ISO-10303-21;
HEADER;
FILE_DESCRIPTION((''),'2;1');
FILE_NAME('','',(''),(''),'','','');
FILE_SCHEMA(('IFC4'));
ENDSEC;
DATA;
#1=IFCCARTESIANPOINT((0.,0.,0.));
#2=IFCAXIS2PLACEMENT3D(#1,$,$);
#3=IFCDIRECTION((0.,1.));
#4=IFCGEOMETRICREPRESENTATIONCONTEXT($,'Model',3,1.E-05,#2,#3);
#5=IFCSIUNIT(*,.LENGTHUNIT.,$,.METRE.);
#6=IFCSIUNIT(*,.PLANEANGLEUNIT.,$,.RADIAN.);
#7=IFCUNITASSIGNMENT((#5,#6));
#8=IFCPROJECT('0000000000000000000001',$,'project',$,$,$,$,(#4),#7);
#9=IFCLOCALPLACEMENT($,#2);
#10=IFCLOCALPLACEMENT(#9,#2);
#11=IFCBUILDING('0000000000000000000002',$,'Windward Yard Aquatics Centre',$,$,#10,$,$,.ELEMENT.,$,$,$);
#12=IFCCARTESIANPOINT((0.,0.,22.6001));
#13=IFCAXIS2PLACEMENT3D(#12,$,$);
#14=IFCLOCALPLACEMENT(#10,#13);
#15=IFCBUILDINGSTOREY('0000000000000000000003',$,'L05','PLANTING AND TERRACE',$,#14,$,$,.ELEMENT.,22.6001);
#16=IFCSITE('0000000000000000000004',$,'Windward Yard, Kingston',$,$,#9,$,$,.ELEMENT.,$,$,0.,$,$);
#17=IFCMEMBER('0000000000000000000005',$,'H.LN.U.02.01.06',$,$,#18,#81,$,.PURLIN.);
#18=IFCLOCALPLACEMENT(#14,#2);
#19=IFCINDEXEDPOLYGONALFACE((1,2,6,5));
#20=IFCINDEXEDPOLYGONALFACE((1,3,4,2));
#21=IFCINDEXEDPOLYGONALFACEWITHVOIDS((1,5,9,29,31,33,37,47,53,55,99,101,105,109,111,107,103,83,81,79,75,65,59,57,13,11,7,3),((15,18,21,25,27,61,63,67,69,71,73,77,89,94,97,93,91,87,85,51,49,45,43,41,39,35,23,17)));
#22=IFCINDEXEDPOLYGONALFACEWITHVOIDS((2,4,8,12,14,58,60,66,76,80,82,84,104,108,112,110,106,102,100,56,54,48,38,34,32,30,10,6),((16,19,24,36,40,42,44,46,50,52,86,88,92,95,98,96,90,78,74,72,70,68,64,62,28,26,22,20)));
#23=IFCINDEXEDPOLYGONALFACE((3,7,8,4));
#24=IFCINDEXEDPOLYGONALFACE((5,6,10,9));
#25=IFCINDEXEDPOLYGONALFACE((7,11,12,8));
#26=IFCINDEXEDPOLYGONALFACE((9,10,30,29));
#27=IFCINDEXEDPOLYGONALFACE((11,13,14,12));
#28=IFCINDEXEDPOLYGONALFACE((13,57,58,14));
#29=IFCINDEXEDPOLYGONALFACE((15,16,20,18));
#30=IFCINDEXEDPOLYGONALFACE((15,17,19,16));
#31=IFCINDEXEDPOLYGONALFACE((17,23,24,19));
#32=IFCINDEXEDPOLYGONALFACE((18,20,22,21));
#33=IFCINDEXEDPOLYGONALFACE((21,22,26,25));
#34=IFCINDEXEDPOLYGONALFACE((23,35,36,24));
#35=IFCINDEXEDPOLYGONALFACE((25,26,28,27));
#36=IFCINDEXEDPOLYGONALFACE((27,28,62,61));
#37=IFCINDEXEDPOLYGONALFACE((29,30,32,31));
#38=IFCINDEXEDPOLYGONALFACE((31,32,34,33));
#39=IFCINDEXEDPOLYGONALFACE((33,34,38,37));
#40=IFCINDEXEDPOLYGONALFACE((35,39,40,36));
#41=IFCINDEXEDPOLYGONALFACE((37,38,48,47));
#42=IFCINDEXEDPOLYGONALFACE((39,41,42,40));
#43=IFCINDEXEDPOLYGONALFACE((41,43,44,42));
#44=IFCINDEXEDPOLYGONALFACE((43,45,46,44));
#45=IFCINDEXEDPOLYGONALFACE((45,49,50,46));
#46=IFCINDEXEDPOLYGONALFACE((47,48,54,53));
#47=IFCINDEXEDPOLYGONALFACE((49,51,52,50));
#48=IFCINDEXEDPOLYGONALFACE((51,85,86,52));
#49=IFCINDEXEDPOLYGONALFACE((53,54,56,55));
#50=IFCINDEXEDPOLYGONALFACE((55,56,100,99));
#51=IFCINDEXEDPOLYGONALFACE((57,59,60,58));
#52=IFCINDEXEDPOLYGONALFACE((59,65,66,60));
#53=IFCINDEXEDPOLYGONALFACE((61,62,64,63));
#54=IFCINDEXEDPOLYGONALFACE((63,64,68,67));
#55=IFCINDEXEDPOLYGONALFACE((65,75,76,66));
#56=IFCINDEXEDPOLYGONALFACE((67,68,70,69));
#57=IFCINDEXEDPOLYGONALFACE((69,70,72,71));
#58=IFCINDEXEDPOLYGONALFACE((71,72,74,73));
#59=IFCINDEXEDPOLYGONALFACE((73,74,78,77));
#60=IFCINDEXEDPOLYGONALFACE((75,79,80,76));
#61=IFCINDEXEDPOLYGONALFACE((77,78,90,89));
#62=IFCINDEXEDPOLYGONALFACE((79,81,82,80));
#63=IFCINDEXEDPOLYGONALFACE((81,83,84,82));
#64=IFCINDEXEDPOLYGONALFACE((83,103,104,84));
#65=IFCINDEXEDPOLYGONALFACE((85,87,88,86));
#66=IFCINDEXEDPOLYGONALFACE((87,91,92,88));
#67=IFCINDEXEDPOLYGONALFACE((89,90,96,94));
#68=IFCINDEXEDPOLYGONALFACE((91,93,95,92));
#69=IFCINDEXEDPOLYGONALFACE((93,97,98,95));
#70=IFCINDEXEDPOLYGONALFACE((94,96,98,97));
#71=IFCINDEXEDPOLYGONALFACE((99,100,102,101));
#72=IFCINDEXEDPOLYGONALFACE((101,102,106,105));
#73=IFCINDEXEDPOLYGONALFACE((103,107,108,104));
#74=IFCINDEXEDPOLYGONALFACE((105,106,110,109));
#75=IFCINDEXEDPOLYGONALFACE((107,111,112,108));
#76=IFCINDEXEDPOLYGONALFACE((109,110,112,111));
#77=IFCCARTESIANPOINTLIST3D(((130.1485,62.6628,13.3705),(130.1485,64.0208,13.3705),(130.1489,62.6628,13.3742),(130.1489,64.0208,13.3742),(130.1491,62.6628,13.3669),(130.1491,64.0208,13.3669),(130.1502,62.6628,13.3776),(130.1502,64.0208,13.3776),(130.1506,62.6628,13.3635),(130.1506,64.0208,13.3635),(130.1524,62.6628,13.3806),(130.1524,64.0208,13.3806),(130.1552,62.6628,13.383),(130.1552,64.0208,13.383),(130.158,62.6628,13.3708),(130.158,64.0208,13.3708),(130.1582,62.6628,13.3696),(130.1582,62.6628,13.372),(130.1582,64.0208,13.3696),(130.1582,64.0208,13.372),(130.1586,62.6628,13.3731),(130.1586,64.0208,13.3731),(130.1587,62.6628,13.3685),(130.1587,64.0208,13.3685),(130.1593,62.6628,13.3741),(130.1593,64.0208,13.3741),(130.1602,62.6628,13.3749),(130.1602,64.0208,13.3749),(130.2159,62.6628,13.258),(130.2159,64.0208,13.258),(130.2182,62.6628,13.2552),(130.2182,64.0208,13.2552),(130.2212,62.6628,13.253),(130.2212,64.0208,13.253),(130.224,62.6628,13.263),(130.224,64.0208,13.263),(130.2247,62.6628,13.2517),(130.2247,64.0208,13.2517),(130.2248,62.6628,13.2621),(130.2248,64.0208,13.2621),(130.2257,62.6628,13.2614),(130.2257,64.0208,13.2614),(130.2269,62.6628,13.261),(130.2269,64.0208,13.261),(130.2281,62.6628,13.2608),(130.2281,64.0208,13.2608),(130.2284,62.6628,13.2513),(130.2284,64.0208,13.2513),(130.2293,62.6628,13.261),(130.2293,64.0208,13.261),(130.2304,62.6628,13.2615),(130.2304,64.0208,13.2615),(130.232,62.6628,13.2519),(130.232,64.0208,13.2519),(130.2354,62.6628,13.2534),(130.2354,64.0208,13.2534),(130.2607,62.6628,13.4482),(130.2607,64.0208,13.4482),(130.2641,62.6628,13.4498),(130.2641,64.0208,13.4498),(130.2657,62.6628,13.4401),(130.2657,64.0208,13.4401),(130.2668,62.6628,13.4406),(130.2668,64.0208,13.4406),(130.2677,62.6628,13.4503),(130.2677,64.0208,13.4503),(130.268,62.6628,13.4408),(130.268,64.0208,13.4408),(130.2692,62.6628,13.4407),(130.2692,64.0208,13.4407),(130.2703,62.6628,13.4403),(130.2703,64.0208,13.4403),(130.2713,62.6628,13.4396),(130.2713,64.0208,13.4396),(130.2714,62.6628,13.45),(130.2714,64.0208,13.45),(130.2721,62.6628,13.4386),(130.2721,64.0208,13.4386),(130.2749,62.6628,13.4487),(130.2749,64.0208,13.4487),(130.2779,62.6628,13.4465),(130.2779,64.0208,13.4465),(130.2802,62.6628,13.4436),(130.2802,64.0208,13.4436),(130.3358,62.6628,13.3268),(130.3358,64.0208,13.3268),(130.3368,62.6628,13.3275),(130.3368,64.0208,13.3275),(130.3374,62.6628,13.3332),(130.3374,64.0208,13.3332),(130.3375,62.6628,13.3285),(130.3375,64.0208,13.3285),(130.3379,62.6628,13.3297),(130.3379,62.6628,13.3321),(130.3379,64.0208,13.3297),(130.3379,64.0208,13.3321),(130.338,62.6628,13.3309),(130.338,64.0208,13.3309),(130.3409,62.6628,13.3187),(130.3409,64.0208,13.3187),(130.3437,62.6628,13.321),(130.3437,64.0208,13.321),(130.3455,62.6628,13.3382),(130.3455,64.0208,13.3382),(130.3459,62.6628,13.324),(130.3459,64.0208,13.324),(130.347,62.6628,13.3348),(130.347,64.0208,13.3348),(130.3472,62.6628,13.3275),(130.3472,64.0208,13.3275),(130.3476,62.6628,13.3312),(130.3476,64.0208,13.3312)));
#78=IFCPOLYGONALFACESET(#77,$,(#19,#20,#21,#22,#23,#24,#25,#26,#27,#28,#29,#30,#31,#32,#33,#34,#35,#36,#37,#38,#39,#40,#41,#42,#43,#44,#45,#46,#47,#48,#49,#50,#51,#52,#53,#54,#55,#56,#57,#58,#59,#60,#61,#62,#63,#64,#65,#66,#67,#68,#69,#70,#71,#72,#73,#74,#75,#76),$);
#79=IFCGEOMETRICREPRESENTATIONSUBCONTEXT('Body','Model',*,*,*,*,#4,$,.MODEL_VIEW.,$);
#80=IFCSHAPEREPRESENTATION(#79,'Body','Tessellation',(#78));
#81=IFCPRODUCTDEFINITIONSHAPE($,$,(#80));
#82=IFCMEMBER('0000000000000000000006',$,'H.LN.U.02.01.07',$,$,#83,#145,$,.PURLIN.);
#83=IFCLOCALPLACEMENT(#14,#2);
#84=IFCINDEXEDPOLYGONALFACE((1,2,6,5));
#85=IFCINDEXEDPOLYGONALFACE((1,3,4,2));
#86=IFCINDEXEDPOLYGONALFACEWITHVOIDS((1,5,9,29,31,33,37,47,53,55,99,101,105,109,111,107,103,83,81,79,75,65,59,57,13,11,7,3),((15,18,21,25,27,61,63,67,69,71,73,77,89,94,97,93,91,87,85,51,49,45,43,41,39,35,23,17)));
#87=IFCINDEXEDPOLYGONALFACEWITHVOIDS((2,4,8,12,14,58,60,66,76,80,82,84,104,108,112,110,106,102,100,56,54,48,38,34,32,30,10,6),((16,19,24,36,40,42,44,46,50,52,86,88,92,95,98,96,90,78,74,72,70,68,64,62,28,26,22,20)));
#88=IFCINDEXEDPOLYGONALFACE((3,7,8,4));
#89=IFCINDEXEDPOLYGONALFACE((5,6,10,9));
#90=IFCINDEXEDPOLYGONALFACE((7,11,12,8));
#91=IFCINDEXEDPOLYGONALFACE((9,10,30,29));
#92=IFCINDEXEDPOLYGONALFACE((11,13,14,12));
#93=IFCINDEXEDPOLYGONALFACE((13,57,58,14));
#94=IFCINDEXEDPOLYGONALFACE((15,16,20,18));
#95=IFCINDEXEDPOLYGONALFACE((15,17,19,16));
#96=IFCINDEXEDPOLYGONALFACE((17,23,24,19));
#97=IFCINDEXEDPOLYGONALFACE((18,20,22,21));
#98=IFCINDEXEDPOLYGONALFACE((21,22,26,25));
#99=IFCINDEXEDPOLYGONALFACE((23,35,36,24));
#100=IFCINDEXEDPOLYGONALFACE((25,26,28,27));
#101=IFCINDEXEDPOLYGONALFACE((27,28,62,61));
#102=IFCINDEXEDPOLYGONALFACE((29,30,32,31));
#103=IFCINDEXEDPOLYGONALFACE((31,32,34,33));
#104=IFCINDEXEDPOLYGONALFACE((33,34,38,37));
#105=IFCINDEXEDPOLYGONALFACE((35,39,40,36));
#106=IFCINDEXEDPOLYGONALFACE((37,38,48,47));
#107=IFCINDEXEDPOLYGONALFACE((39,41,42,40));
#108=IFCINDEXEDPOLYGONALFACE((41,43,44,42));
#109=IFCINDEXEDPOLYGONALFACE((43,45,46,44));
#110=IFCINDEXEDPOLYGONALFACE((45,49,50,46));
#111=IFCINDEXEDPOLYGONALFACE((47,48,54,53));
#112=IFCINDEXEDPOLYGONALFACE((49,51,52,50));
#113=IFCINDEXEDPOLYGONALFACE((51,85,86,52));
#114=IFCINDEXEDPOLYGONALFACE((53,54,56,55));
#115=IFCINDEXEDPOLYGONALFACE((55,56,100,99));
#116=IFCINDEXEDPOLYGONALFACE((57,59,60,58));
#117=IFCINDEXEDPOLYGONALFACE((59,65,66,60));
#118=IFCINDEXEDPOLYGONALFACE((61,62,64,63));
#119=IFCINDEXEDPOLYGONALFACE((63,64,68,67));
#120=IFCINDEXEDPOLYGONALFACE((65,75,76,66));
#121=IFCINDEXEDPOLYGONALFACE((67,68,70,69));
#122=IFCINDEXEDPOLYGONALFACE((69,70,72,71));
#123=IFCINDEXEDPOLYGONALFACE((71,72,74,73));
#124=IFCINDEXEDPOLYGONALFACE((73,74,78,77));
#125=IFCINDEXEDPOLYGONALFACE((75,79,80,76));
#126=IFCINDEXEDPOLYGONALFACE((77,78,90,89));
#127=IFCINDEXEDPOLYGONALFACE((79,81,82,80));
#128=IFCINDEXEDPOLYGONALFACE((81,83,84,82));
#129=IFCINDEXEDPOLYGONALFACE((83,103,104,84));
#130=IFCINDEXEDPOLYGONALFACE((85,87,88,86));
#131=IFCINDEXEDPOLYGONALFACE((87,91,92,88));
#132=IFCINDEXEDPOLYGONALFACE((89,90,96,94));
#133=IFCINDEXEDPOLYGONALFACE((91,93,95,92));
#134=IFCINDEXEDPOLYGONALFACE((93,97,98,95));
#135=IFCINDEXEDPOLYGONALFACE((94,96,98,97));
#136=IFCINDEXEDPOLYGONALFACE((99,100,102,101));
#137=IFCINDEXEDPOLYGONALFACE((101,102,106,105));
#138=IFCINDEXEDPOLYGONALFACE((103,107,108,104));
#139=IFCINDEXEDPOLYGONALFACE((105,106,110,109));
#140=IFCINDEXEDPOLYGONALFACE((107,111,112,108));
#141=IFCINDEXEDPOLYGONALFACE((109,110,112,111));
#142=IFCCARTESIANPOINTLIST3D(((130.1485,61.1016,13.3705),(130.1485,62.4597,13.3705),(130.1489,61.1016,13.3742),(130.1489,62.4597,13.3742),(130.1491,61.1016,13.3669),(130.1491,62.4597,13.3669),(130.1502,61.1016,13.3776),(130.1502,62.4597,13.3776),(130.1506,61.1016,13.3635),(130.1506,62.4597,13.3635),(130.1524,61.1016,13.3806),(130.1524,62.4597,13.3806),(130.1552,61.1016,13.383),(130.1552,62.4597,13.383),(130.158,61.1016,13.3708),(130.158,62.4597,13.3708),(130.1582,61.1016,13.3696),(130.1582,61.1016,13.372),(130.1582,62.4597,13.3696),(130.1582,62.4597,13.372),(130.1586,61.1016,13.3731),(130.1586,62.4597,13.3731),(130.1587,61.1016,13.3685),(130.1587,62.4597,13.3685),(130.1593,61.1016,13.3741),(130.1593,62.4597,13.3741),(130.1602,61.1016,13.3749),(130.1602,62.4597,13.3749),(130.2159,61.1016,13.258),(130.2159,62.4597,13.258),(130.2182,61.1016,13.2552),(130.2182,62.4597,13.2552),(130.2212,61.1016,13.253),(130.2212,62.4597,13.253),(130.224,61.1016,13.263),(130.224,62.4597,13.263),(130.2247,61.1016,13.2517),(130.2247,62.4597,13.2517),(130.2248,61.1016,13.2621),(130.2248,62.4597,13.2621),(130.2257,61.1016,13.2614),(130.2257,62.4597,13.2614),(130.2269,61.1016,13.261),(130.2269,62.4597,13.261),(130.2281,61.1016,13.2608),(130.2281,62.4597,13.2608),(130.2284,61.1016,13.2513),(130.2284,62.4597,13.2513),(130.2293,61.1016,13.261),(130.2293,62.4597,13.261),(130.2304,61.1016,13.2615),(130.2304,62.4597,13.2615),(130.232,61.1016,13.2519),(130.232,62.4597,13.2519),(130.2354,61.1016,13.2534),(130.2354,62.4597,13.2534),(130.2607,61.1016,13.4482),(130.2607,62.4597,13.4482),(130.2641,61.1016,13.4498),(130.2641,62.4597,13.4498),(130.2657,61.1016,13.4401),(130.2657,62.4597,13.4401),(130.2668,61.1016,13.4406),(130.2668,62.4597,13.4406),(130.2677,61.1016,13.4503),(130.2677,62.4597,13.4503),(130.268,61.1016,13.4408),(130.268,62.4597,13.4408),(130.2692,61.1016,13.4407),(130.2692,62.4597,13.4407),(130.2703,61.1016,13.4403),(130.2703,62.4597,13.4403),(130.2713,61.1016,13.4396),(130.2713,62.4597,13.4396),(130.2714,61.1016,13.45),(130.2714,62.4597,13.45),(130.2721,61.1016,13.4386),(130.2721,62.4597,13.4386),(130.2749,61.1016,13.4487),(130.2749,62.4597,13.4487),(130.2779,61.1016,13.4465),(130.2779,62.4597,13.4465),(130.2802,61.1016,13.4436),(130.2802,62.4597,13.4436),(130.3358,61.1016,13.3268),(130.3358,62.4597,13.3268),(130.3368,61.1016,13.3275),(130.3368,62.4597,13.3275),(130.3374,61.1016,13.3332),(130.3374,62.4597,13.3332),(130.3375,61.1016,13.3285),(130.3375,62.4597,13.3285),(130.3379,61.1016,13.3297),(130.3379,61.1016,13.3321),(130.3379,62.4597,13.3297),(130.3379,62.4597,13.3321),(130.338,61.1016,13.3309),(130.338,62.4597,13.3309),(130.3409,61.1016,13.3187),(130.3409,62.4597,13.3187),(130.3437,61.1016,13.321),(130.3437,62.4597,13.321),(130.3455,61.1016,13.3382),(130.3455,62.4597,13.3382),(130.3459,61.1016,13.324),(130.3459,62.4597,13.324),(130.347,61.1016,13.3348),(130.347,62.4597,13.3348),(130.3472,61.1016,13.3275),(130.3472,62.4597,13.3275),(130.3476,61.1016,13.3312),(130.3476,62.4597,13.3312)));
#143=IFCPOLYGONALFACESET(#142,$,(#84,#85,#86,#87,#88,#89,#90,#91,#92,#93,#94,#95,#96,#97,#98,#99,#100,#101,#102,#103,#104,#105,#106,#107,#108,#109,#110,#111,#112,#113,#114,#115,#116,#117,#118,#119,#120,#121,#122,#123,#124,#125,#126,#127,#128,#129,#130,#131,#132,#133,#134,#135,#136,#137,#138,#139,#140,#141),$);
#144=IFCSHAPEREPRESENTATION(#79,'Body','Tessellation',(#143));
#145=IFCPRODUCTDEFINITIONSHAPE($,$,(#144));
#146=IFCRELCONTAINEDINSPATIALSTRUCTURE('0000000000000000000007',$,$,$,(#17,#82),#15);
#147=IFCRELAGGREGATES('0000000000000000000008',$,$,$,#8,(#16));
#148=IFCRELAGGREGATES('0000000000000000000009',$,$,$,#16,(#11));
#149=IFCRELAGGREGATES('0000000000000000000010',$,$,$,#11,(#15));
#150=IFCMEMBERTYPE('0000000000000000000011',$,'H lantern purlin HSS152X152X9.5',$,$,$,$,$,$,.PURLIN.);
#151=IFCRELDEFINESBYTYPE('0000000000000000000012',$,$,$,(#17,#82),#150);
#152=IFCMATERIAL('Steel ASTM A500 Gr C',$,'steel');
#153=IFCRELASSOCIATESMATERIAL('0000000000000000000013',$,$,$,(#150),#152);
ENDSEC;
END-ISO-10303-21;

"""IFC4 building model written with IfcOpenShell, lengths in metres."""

from ifc_helpers import new_model, si_unit, direction, frame, origin, origin_2d, place, context, subcontext, project, spatial, hollow_rectangle, extrude, material, material_profile, profile_set, type_object, element, save


model = new_model("IFC4")

# Units and contexts
model_context = context("Model", 3, precision=1e-05, world=origin(), true_north=direction((0.0, 1.0)))
body_context = subcontext(model_context, "Body", "Model", "MODEL_VIEW")
ifc_project = project(units=[si_unit("LENGTHUNIT", "METRE"), si_unit("PLANEANGLEUNIT", "RADIAN")], contexts=[model_context])

# Site, building, storey
site_placement = place(None, origin())
site = spatial("IfcSite", under=ifc_project, at=site_placement, Name="Windward Yard, Kingston", CompositionType="ELEMENT", RefElevation=0.0)
building_placement = place(site_placement, origin())
building = spatial("IfcBuilding", under=site, at=building_placement, Name="Windward Yard Aquatics Centre", CompositionType="ELEMENT")
storey_placement = place(building_placement, frame((0.0, 0.0, 22.6001)))
storey = spatial("IfcBuildingStorey", under=building, at=storey_placement, Name="L05", Description="PLANTING AND TERRACE", CompositionType="ELEMENT", Elevation=22.6001)

# Members
ifc_material_1 = material(Name="Steel ASTM A500 Gr C", Category="steel")
ifc_material_profile = material_profile(ifc_material_1, hollow_rectangle(XDim=0.1523, YDim=0.1523, WallThickness=0.0095, InnerFilletRadius=0.0046, OuterFilletRadius=0.0142, at=origin_2d()), Name="HSS152X152X9.5")
ifc_profile_set = profile_set([ifc_material_profile], Name="Steel ASTM A500 Gr C")
member_type = type_object("IfcMemberType", Name="H lantern purlin HSS152X152X9.5", PredefinedType="PURLIN", material=ifc_profile_set)
member_1_placement = place(storey_placement, frame((130.248, 64.0208, 13.3508), z_axis=(0.0, -1.0, 0.0), x_axis=(0.526172, 0.0, -0.850378)))
element("IfcMember", 1, at=member_1_placement, inside=storey, type_object=member_type, Name="H.LN.U.02.01.06", PredefinedType="PURLIN", context=body_context, shape_type="SweptSolid", body=[
    extrude(hollow_rectangle(XDim=0.1523, YDim=0.1523, WallThickness=0.0095, InnerFilletRadius=0.0046, OuterFilletRadius=0.0142, at=origin_2d()), origin(), (0.0, 0.0, 1.0), 1.3579),
])
member_2_placement = place(storey_placement, frame((130.248, 62.4597, 13.3508), z_axis=(0.0, -1.0, 0.0), x_axis=(0.526172, 0.0, -0.850378)))
element("IfcMember", 2, at=member_2_placement, inside=storey, type_object=member_type, Name="H.LN.U.02.01.07", PredefinedType="PURLIN", context=body_context, shape_type="SweptSolid", body=[
    extrude(hollow_rectangle(XDim=0.1523, YDim=0.1523, WallThickness=0.0095, InnerFilletRadius=0.0046, OuterFilletRadius=0.0142, at=origin_2d()), origin(), (0.0, 0.0, 1.0), 1.3582),
])

save(model, "model.ifc")
